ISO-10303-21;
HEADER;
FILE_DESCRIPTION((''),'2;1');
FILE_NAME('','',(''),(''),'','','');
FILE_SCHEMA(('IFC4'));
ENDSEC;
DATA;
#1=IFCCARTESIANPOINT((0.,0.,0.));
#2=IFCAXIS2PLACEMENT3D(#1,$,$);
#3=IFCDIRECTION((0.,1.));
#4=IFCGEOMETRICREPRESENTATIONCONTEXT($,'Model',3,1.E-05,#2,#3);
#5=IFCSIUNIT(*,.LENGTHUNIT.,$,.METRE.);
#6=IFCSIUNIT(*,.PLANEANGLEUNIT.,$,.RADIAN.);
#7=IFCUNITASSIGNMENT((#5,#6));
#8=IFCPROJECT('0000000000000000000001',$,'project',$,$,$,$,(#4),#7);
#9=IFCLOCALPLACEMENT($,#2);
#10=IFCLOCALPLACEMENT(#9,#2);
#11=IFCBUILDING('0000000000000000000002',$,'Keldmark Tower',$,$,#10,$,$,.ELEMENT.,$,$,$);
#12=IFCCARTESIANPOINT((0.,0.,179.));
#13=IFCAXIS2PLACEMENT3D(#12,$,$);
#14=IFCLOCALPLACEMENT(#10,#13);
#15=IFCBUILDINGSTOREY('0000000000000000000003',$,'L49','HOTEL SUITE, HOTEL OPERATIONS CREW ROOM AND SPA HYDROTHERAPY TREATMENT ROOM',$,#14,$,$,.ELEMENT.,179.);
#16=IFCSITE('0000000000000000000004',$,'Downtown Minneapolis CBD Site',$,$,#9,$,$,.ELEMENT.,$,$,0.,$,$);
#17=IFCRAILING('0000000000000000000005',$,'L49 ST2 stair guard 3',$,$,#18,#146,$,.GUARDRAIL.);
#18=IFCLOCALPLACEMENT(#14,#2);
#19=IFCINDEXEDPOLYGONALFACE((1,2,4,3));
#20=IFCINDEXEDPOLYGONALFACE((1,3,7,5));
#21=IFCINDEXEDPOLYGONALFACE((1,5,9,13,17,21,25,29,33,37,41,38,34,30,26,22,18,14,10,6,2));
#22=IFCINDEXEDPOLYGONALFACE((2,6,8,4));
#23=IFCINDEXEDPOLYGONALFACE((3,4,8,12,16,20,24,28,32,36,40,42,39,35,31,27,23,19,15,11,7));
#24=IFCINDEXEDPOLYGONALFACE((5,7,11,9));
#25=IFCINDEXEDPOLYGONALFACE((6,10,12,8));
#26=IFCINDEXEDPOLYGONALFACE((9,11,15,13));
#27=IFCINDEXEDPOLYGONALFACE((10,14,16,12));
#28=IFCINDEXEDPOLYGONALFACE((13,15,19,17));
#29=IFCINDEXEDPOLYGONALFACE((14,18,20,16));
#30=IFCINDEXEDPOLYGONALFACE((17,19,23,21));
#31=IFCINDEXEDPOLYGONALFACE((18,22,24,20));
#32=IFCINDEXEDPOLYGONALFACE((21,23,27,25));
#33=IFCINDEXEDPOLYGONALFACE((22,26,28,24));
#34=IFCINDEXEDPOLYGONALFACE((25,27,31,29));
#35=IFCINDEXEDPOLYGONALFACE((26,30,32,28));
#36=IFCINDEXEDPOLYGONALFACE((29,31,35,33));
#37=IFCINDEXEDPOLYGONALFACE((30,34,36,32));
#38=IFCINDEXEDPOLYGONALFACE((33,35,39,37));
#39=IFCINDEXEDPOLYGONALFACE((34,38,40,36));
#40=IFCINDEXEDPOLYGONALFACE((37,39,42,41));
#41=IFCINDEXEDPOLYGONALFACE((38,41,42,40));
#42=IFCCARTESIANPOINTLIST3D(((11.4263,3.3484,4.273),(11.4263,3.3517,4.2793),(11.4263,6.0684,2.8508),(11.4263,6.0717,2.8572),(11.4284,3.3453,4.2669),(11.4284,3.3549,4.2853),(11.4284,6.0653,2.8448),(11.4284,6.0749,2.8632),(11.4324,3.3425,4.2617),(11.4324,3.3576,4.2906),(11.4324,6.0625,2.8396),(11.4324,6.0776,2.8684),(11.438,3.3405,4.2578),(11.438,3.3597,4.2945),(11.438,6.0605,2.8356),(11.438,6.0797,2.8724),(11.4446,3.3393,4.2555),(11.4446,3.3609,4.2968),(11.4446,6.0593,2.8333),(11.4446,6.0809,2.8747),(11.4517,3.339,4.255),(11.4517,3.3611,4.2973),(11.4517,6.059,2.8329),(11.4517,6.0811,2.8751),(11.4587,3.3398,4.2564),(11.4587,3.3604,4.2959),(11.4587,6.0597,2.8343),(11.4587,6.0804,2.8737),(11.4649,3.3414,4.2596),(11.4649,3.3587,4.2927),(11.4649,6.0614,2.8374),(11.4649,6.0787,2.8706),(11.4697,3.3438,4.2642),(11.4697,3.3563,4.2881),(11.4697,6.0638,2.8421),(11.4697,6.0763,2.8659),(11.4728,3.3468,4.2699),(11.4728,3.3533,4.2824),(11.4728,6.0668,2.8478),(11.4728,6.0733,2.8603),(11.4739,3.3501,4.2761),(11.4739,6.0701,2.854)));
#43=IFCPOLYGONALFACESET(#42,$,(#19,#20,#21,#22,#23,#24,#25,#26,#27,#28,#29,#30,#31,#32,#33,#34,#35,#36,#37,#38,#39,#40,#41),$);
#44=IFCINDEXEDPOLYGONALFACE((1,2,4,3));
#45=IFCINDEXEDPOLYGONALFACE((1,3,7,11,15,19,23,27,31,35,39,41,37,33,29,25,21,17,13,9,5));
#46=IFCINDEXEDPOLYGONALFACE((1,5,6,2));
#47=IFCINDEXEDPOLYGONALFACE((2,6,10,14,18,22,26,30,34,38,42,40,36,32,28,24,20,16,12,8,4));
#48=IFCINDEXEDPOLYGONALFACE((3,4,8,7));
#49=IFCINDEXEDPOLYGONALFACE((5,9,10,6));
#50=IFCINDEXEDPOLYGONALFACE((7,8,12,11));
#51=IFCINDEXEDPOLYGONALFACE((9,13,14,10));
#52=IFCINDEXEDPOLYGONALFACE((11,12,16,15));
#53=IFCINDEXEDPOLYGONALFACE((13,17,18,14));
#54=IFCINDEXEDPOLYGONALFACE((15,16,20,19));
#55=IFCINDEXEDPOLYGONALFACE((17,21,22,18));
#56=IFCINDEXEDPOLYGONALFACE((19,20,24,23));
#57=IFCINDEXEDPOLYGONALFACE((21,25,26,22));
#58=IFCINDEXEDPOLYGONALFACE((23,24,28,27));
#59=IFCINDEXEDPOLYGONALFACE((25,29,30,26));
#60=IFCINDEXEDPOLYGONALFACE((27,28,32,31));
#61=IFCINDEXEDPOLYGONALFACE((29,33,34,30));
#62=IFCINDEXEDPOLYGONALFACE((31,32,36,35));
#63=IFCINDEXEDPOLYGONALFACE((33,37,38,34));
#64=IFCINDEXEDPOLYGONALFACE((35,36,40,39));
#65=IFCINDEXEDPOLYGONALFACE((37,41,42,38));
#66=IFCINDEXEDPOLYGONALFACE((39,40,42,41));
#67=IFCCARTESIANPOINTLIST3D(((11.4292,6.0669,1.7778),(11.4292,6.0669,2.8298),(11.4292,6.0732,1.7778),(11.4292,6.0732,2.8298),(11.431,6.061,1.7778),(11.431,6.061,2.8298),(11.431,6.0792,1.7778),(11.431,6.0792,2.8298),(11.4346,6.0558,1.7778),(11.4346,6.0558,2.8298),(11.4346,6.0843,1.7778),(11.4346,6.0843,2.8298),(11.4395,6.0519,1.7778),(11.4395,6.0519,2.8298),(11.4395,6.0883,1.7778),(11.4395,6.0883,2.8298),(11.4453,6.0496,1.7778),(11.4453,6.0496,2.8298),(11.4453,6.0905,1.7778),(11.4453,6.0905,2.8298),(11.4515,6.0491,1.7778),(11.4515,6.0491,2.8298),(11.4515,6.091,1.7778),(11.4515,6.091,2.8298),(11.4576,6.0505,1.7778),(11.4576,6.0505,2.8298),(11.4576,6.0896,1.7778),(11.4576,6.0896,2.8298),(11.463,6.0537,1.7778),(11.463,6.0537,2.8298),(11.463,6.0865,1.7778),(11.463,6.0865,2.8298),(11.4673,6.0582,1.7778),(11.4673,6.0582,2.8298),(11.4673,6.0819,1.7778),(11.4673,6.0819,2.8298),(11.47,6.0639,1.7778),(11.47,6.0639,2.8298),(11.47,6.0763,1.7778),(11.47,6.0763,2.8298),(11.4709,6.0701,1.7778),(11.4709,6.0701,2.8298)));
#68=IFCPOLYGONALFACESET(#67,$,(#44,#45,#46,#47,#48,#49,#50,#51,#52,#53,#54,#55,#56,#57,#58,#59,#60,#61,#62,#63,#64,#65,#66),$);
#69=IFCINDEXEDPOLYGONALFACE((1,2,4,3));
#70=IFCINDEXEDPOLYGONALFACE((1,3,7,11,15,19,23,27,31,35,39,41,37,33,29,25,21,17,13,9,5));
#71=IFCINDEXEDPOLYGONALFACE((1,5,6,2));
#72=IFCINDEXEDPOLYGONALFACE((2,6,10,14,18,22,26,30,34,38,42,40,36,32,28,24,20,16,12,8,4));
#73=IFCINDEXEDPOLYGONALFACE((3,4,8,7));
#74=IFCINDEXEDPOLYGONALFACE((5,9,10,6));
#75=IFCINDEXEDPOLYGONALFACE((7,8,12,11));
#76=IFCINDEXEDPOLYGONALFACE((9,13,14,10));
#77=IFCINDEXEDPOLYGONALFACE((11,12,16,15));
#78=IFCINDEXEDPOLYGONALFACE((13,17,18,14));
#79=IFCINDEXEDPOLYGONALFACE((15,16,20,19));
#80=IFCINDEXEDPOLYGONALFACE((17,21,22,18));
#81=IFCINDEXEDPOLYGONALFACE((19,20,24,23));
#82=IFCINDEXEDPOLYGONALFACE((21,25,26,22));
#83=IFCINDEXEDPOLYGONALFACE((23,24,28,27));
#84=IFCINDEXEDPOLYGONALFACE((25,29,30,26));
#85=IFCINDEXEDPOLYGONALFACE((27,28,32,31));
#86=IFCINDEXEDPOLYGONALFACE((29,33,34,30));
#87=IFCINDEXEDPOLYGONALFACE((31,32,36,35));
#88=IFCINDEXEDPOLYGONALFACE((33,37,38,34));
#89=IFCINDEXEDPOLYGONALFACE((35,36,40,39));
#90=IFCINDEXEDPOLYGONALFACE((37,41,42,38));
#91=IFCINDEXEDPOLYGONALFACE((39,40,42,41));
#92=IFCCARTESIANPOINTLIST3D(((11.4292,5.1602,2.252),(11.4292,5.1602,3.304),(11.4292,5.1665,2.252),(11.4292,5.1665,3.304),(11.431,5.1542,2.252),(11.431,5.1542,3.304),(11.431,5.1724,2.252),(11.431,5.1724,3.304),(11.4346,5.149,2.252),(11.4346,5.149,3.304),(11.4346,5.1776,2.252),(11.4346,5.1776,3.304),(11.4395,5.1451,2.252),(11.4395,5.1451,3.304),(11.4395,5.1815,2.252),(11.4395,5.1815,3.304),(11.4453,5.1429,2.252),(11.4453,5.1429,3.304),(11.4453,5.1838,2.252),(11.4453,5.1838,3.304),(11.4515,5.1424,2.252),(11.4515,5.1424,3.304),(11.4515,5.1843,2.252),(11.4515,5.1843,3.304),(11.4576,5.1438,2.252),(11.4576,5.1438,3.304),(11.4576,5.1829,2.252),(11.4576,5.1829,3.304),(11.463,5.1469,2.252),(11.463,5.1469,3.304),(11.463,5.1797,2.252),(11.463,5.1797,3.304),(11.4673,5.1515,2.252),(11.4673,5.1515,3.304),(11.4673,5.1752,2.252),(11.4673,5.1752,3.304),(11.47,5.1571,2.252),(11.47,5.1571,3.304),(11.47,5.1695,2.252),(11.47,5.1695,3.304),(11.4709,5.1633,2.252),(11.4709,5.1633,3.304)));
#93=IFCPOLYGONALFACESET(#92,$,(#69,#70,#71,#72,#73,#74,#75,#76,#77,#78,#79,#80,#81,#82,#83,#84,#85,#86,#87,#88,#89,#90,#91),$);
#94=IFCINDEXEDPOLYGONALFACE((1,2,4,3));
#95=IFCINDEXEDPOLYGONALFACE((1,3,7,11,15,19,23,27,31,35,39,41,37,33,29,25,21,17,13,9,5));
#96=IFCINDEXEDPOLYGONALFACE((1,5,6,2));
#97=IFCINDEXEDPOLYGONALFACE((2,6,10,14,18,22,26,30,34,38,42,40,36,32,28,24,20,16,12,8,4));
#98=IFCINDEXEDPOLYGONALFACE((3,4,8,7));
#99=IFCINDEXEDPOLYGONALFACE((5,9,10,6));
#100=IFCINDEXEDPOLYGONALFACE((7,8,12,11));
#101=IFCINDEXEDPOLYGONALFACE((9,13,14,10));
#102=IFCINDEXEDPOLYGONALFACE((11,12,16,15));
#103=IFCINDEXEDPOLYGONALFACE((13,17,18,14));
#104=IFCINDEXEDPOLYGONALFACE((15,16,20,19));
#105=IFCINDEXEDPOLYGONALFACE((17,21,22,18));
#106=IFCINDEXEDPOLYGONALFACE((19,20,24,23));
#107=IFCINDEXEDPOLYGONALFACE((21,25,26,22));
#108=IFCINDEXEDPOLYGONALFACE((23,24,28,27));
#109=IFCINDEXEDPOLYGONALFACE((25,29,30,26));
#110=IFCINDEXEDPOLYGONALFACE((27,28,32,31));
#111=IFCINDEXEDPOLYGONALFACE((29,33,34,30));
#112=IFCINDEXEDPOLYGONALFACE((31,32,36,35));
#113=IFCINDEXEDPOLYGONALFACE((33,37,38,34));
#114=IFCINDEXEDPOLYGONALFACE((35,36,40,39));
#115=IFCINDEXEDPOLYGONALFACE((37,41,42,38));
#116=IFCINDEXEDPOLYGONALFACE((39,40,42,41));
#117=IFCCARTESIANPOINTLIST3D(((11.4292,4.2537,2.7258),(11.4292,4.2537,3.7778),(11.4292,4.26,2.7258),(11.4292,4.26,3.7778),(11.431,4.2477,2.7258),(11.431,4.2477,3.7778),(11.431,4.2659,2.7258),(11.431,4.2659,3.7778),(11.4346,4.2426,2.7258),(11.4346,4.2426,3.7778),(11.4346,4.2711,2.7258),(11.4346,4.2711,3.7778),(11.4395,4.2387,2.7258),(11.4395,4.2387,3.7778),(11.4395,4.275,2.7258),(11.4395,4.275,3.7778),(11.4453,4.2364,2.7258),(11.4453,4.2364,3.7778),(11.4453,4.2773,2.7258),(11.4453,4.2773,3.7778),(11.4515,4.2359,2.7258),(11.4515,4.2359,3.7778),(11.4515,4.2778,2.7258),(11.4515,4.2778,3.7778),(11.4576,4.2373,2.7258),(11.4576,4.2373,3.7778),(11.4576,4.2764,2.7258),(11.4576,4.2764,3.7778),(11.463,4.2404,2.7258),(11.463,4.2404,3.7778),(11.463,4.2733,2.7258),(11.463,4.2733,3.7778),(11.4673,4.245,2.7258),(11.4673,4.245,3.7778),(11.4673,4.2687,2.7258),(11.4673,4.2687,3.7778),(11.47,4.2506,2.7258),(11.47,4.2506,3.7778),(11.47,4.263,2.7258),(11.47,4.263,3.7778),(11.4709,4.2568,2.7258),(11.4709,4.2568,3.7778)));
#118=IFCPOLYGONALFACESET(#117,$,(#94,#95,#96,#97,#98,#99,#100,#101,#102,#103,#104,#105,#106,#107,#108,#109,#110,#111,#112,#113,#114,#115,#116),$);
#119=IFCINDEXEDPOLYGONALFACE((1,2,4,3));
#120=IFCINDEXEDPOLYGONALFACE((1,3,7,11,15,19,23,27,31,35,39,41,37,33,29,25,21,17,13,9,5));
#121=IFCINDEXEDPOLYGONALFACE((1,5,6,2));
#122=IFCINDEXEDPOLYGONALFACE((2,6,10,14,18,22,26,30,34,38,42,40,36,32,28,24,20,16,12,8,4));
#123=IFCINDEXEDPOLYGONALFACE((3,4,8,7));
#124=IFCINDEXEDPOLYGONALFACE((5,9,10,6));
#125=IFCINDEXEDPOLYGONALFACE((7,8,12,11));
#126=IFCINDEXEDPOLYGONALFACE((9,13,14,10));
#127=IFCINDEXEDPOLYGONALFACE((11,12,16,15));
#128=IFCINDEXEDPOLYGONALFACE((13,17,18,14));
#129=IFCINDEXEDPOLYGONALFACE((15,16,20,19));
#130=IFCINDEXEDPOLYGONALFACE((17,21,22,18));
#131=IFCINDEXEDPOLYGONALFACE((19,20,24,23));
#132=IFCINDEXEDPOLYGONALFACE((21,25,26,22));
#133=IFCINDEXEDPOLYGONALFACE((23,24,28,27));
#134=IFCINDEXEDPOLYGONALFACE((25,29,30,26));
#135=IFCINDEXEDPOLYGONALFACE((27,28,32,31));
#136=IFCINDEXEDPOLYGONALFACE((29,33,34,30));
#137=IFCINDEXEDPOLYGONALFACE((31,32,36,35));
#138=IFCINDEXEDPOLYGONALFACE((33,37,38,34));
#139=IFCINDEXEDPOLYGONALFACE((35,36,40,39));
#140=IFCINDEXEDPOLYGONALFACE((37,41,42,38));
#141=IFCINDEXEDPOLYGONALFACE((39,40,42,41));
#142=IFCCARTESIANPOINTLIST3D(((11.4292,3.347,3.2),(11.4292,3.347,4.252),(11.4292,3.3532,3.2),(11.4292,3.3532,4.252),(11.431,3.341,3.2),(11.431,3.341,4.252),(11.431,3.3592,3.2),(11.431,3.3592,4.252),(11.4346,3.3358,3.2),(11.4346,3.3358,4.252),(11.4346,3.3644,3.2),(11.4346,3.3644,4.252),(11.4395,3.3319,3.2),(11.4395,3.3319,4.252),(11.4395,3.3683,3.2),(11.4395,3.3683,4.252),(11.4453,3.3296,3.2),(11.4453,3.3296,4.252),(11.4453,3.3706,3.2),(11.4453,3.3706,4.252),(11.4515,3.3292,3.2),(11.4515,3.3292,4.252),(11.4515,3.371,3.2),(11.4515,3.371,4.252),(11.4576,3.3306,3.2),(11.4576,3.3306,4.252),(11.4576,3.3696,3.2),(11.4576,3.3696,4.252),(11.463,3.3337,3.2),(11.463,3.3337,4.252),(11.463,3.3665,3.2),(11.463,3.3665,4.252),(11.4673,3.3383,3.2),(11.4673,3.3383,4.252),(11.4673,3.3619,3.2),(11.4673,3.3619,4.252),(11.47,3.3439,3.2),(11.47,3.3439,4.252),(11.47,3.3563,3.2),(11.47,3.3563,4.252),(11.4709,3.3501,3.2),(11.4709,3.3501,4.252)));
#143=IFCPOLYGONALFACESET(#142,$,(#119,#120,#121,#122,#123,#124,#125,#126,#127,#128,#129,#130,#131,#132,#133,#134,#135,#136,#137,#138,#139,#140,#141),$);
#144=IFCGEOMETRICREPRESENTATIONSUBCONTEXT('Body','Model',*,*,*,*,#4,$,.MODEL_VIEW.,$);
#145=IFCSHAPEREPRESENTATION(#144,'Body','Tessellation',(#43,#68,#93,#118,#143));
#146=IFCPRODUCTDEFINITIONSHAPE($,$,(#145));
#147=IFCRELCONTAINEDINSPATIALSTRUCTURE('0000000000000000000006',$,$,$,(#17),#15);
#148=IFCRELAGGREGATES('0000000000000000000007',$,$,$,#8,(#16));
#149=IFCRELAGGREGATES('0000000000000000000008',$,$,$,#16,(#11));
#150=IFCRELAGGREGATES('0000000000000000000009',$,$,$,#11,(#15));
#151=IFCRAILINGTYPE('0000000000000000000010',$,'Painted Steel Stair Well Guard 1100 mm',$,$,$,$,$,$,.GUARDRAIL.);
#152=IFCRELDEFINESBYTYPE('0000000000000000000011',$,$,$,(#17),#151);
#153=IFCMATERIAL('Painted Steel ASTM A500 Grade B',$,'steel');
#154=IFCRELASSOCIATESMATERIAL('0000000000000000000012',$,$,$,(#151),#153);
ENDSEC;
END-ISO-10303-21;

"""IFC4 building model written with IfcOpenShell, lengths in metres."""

from ifc_helpers import new_model, si_unit, direction, frame, origin, origin_2d, place, context, subcontext, project, spatial, circle, extrude, material, type_object, element, save


model = new_model("IFC4")

# Units and contexts
model_context = context("Model", 3, precision=1e-05, world=origin(), true_north=direction((0.0, 1.0)))
body_context = subcontext(model_context, "Body", "Model", "MODEL_VIEW")
ifc_project = project(units=[si_unit("LENGTHUNIT", "METRE"), si_unit("PLANEANGLEUNIT", "RADIAN")], contexts=[model_context])

# Site, building, storey
site_placement = place(None, origin())
site = spatial("IfcSite", under=ifc_project, at=site_placement, Name="Downtown Minneapolis CBD Site", CompositionType="ELEMENT", RefElevation=0.0)
building_placement = place(site_placement, origin())
building = spatial("IfcBuilding", under=site, at=building_placement, Name="Keldmark Tower", CompositionType="ELEMENT")
storey_placement = place(building_placement, frame((0.0, 0.0, 179.0)))
storey = spatial("IfcBuildingStorey", under=building, at=storey_placement, Name="L49", Description="HOTEL SUITE, HOTEL OPERATIONS CREW ROOM AND SPA HYDROTHERAPY TREATMENT ROOM", CompositionType="ELEMENT", Elevation=179.0)

# Railing
ifc_material_1 = material(Name="Painted Steel ASTM A500 Grade B", Category="steel")
railing_type_1 = type_object("IfcRailingType", Name="Painted Steel Stair Well Guard 1100 mm", PredefinedType="GUARDRAIL", material=ifc_material_1)
railing_1_placement = place(storey_placement, frame((11.45, 6.0701, 1.7778)))
element("IfcRailing", 1, at=railing_1_placement, inside=storey, type_object=railing_type_1, Name="L49 ST2 stair guard 3", PredefinedType="GUARDRAIL", context=body_context, shape_type="SweptSolid", body=[
    extrude(circle(Radius=0.0239, at=origin_2d()), frame((0.0, 0.0, 1.0762), z_axis=(0.0, -0.886183, 0.463335), x_axis=(1.0, 0.0, 0.0)), (0.0, 0.0, 1.0), 3.0693),
    extrude(circle(Radius=0.021, at=origin_2d()), origin(), (0.0, 0.0, 1.0), 1.052),
    extrude(circle(Radius=0.021, at=origin_2d()), frame((0.0, -0.9067, 0.4741)), (0.0, 0.0, 1.0), 1.052),
    extrude(circle(Radius=0.021, at=origin_2d()), frame((0.0, -1.8132, 0.948)), (0.0, 0.0, 1.0), 1.052),
    extrude(circle(Radius=0.021, at=origin_2d()), frame((0.0, -2.72, 1.4221)), (0.0, 0.0, 1.0), 1.052),
])

save(model, "model.ifc")
